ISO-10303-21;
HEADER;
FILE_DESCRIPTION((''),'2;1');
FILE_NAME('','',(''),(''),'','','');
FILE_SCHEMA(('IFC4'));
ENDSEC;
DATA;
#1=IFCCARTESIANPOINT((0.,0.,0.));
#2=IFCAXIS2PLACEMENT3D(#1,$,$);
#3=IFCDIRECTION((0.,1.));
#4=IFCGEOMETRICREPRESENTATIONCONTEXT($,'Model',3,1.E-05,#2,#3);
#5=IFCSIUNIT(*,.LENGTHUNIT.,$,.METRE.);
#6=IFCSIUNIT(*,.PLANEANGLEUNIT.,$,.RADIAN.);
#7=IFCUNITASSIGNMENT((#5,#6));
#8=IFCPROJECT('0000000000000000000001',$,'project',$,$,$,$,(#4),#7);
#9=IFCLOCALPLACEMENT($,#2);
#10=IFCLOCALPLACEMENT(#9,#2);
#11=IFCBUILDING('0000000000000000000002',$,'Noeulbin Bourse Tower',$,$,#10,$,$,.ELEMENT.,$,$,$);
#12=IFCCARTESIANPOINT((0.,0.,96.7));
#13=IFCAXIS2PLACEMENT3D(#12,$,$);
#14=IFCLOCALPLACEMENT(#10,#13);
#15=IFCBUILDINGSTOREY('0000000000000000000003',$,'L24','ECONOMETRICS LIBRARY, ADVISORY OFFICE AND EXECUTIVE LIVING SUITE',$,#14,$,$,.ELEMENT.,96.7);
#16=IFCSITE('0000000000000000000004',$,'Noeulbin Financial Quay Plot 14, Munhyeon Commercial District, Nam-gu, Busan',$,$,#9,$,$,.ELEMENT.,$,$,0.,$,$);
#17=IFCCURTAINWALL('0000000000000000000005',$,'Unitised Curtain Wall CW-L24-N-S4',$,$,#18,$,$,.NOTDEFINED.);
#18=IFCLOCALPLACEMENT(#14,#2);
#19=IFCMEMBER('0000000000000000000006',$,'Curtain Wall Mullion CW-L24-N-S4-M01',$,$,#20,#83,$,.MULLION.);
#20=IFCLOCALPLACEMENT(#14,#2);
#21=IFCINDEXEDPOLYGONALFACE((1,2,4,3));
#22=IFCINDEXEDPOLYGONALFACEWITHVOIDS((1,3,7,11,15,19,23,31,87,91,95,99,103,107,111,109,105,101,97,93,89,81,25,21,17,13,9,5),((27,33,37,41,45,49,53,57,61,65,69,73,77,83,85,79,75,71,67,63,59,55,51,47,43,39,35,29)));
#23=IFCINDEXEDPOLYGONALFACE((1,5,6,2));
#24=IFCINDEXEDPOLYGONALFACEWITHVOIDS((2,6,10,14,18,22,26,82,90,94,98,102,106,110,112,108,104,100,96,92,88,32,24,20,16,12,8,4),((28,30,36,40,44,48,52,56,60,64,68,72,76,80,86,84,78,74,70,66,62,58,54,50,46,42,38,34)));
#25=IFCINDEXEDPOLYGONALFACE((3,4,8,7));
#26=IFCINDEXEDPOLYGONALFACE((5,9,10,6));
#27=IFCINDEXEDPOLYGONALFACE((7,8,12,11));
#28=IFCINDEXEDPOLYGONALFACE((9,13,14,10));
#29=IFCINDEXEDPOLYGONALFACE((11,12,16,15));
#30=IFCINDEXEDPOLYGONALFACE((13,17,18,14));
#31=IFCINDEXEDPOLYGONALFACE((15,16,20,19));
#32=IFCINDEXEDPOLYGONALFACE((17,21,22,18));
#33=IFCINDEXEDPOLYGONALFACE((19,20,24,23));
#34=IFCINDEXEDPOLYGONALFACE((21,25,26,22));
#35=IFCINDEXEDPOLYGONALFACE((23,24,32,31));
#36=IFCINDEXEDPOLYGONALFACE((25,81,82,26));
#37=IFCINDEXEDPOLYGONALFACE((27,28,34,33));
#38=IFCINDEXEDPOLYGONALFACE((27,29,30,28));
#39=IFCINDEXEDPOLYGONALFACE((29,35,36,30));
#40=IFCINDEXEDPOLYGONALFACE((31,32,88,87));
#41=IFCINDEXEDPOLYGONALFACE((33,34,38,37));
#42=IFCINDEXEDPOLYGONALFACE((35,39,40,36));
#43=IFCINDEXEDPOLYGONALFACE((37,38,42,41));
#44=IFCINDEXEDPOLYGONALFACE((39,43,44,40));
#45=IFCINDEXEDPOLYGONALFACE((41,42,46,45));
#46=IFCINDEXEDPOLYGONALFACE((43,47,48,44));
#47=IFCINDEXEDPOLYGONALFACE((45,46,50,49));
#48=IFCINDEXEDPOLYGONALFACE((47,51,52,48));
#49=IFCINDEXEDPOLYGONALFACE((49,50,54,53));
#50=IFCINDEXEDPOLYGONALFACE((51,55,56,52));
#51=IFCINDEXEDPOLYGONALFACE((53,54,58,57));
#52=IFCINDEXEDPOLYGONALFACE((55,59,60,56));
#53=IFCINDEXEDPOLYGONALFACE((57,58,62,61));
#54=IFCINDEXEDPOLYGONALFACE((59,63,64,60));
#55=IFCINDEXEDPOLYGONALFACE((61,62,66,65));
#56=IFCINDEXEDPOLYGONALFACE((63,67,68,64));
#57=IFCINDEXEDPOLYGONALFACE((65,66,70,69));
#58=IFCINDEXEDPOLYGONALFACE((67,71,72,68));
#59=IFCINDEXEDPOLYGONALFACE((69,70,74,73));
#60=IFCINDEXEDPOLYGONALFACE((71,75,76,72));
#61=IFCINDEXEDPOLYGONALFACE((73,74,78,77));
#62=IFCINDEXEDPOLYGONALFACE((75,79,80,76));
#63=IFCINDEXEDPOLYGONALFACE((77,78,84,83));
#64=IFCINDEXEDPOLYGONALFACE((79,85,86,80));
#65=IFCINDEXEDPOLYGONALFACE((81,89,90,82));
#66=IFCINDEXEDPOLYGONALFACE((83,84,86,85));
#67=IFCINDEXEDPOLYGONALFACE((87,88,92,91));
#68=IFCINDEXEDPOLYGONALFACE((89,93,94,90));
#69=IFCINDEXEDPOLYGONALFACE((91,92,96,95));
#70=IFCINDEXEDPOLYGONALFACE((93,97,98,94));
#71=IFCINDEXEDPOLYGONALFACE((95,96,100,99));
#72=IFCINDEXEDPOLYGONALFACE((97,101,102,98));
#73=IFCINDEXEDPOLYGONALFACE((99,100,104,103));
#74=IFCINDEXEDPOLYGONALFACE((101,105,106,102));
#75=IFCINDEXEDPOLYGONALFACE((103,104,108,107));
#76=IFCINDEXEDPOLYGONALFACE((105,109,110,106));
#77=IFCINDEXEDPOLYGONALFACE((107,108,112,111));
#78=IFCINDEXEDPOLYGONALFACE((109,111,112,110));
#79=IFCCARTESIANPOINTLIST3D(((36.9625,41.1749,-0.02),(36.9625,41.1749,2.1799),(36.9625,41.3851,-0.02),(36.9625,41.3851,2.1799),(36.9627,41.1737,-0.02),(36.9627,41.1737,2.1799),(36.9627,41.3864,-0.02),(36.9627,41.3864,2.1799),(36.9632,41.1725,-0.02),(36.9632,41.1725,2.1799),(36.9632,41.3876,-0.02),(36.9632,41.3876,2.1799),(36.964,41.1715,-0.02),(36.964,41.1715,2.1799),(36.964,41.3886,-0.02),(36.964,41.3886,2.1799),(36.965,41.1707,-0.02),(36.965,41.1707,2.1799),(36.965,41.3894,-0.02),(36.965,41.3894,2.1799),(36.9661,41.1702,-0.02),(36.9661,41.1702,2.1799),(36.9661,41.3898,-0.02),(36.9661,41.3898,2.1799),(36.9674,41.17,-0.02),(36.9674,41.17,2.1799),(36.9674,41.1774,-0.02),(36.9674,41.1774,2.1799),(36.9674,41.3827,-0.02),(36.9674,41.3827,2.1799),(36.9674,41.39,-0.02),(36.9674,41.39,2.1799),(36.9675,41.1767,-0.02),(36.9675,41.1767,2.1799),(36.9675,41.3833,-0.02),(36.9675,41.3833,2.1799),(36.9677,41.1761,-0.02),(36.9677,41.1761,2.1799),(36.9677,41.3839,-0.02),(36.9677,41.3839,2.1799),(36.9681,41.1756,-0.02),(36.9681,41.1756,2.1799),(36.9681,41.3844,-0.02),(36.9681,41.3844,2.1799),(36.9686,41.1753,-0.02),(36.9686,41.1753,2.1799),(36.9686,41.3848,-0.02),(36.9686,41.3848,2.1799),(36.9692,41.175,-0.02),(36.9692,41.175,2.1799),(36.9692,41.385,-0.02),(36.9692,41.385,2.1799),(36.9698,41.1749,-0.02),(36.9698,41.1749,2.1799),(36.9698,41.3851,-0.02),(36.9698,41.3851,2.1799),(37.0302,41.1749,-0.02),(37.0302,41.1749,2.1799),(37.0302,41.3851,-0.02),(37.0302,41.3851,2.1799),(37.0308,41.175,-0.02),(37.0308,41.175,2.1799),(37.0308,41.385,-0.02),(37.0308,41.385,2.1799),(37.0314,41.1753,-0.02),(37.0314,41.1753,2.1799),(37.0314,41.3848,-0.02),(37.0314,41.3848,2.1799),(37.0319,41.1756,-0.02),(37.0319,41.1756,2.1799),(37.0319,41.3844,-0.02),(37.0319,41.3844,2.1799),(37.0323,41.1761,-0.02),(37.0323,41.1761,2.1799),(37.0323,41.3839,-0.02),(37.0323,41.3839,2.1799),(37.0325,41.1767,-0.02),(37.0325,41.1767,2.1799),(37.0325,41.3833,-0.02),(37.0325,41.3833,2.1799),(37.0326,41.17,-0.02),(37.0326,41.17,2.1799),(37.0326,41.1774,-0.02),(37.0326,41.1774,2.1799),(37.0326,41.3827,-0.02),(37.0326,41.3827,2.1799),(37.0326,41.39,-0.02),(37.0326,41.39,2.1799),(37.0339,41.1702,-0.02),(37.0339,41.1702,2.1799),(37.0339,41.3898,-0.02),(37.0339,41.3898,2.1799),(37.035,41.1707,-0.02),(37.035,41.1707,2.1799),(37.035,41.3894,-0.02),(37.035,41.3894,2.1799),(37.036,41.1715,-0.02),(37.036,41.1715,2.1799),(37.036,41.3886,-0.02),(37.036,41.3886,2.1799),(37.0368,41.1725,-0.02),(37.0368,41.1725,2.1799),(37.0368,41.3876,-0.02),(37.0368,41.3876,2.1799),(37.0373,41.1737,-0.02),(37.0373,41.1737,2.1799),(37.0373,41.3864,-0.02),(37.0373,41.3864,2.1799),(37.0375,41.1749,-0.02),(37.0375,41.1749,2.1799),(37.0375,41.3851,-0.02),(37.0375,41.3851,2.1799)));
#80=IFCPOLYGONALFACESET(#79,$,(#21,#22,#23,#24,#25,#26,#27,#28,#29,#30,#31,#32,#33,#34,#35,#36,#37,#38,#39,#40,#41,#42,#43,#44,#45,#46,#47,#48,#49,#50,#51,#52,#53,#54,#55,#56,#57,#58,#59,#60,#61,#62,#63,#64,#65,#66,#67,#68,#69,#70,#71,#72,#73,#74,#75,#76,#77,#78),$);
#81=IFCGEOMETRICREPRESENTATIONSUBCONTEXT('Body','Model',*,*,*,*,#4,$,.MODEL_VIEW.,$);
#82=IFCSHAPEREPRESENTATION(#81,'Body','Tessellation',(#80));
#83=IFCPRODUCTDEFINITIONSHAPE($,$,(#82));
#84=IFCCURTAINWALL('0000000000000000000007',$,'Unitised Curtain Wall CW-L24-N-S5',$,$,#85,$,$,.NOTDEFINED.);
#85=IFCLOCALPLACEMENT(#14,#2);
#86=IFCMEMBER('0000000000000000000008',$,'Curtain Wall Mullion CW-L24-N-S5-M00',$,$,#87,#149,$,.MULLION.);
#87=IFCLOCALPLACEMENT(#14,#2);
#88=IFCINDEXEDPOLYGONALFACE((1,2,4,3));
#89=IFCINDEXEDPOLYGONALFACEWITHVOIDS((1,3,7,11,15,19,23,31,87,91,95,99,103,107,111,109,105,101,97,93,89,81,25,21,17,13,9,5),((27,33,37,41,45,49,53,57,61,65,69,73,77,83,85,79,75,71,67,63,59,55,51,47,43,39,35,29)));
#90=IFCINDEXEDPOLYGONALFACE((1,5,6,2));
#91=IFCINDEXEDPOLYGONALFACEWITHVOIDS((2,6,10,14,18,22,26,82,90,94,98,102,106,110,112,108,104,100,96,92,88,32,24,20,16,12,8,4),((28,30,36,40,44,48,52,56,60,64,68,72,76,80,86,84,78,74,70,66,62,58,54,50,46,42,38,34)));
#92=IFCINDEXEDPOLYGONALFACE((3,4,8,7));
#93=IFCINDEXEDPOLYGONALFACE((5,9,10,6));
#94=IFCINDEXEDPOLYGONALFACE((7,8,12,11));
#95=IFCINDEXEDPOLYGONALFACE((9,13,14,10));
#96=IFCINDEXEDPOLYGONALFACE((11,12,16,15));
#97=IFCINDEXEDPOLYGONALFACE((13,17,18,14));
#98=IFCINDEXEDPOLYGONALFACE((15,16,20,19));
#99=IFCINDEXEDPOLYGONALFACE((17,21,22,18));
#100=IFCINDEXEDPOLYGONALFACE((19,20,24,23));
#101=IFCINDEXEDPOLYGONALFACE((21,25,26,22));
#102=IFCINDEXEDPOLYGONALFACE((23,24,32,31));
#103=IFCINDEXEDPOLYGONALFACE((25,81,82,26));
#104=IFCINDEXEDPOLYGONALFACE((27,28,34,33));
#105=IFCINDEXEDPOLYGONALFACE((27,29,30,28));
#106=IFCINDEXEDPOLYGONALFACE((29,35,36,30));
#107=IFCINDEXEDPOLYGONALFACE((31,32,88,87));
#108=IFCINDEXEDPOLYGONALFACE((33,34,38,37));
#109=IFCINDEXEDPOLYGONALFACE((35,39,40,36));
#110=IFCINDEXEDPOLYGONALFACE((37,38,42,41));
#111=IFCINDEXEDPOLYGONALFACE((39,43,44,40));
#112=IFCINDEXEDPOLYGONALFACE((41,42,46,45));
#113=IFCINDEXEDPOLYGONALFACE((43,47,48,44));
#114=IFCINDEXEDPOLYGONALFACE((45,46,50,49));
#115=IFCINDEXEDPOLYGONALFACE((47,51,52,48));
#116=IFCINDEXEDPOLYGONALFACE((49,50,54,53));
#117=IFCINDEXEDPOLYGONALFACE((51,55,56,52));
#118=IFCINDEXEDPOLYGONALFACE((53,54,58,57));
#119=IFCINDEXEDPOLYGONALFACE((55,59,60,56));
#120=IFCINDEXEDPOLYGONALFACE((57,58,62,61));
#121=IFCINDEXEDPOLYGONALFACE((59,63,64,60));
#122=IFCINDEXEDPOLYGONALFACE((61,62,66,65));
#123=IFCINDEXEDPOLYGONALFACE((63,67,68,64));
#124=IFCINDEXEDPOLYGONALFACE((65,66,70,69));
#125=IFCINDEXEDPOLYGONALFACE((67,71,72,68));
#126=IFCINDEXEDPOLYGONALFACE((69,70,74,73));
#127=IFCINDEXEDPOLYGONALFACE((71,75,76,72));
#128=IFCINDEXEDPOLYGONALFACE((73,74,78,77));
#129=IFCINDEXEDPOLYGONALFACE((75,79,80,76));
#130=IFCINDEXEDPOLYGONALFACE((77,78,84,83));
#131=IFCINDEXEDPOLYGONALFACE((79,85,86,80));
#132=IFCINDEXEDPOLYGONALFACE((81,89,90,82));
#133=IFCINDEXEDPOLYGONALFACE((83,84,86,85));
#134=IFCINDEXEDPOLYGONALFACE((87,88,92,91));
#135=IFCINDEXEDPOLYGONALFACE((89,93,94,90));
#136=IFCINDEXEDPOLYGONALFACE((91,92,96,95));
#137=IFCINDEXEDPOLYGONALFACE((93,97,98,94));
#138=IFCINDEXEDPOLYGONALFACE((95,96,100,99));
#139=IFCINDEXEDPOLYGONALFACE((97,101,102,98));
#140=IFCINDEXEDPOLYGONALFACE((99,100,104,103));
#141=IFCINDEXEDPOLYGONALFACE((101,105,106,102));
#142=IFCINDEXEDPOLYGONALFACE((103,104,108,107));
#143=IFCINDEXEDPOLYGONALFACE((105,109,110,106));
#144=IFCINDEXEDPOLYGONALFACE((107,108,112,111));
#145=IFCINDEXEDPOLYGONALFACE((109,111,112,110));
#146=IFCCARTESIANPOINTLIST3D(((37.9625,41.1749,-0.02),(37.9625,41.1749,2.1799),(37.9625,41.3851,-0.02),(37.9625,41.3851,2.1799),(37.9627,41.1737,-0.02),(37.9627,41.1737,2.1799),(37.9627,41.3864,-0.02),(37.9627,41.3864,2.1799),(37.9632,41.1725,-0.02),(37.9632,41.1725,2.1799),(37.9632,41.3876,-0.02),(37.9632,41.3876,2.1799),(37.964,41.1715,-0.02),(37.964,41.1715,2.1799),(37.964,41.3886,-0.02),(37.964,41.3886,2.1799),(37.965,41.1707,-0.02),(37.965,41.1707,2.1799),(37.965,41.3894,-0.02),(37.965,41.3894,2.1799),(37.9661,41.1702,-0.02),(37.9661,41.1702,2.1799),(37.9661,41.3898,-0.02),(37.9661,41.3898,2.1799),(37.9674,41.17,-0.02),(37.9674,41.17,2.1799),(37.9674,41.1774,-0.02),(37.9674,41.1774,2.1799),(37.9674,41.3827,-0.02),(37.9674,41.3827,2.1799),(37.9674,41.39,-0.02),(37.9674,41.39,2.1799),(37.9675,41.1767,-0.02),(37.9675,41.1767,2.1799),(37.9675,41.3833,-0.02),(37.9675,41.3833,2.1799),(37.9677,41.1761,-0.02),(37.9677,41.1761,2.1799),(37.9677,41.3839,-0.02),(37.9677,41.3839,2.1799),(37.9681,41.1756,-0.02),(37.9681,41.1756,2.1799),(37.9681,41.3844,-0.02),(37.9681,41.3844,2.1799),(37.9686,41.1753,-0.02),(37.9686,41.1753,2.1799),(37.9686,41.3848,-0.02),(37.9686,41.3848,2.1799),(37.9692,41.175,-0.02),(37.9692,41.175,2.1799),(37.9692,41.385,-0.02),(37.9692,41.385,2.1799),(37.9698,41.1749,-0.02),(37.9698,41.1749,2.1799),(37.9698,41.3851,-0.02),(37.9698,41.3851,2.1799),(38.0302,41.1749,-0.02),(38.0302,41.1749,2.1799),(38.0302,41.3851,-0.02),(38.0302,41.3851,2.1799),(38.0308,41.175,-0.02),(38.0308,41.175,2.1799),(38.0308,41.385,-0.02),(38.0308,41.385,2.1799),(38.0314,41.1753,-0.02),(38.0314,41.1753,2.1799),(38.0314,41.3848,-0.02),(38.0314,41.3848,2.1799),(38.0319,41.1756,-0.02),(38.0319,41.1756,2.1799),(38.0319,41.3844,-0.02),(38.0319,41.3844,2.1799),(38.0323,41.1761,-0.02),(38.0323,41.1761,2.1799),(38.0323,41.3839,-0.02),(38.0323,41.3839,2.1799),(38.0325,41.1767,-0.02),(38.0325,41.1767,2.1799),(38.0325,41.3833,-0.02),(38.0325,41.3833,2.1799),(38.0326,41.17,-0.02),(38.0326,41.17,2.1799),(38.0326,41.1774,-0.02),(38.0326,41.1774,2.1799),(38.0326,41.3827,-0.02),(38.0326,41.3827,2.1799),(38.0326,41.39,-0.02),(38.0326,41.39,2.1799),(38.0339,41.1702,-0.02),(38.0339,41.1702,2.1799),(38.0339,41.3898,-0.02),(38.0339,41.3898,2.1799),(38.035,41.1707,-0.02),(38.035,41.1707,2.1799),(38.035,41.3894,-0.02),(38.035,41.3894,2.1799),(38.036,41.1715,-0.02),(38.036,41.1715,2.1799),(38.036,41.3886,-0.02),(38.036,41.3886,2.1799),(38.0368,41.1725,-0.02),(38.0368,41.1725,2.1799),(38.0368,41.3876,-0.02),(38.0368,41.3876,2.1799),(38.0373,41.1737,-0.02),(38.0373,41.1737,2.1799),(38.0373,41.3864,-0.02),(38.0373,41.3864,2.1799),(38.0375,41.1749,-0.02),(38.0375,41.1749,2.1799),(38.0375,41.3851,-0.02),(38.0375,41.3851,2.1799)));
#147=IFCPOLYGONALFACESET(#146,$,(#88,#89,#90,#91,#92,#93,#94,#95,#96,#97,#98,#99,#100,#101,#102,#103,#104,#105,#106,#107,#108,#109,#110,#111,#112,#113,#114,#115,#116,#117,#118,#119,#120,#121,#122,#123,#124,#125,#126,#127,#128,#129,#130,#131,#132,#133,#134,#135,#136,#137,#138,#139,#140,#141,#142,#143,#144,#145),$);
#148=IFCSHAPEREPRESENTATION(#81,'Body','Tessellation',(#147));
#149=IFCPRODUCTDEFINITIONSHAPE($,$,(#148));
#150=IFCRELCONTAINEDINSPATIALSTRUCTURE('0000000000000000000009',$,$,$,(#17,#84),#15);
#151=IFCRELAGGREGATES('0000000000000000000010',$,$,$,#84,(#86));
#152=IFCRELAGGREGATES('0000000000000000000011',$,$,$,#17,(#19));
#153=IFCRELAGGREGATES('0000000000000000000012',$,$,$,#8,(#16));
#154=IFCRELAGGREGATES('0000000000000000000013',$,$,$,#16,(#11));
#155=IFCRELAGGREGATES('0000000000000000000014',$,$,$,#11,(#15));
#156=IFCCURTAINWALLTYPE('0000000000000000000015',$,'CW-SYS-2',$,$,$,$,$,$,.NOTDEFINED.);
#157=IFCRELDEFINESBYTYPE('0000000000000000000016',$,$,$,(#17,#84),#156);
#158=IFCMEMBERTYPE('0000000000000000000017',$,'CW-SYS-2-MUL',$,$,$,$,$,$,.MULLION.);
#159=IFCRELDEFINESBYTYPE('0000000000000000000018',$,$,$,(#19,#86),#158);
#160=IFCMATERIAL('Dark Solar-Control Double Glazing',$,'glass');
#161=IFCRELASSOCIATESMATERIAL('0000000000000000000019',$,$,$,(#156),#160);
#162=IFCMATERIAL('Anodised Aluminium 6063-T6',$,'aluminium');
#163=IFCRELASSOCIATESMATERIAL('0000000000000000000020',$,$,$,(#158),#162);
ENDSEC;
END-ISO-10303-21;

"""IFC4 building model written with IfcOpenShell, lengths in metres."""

from ifc_helpers import new_model, si_unit, direction, frame, origin, origin_2d, place, context, subcontext, project, spatial, hollow_rectangle, extrude, material, material_profile, profile_set, type_object, element, aggregate, save


model = new_model("IFC4")

# Units and contexts
model_context = context("Model", 3, precision=1e-05, world=origin(), true_north=direction((0.0, 1.0)))
body_context = subcontext(model_context, "Body", "Model", "MODEL_VIEW")
ifc_project = project(units=[si_unit("LENGTHUNIT", "METRE"), si_unit("PLANEANGLEUNIT", "RADIAN")], contexts=[model_context])

# Site, building, storey
site_placement = place(None, origin())
site = spatial("IfcSite", under=ifc_project, at=site_placement, Name="Noeulbin Financial Quay Plot 14, Munhyeon Commercial District, Nam-gu, Busan", CompositionType="ELEMENT", RefElevation=0.0)
building_placement = place(site_placement, origin())
building = spatial("IfcBuilding", under=site, at=building_placement, Name="Noeulbin Bourse Tower", CompositionType="ELEMENT")
storey_placement = place(building_placement, frame((0.0, 0.0, 96.7)))
storey = spatial("IfcBuildingStorey", under=building, at=storey_placement, Name="L24", Description="ECONOMETRICS LIBRARY, ADVISORY OFFICE AND EXECUTIVE LIVING SUITE", CompositionType="ELEMENT", Elevation=96.7)

# Shared definitions
ifc_material_1 = material(Name="Dark Solar-Control Double Glazing", Category="glass")
curtain_wall_type = type_object("IfcCurtainWallType", Name="CW-SYS-2", PredefinedType="NOTDEFINED", material=ifc_material_1)
ifc_material_2 = material(Name="Anodised Aluminium 6063-T6", Category="aluminium")
ifc_material_profile_1 = material_profile(ifc_material_2, hollow_rectangle(XDim=0.075, YDim=0.22, WallThickness=0.0049, InnerFilletRadius=0.0024, OuterFilletRadius=0.0049, at=origin_2d()), Name="ALU-MULL-75x220x5", Category="LoadBearing")
ifc_profile_set_1 = profile_set([ifc_material_profile_1], Name="Anodised Aluminium 6063-T6")
member_type_1 = type_object("IfcMemberType", Name="CW-SYS-2-MUL", PredefinedType="MULLION", material=ifc_profile_set_1)

# Curtain wall, member
curtain_wall_1_placement = place(storey_placement, origin())
curtain_wall_1 = element("IfcCurtainWall", 1, at=curtain_wall_1_placement, inside=storey, type_object=curtain_wall_type, Name="Unitised Curtain Wall CW-L24-N-S4", PredefinedType="NOTDEFINED")
member_1_placement = place(storey_placement, frame((37.0, 41.28, -0.02), z_axis=(0.0, 0.0, 1.0), x_axis=(1.0, 0.0, 0.0)))
member_1 = element("IfcMember", 2, at=member_1_placement, type_object=member_type_1, Name="Curtain Wall Mullion CW-L24-N-S4-M01", PredefinedType="MULLION", context=body_context, shape_type="SweptSolid", body=[
    extrude(hollow_rectangle(XDim=0.075, YDim=0.22, WallThickness=0.0049, InnerFilletRadius=0.0024, OuterFilletRadius=0.0049, at=origin_2d()), origin(), (0.0, 0.0, 1.0), 2.2),
])

# Curtain wall, member
curtain_wall_2_placement = place(storey_placement, origin())
curtain_wall_2 = element("IfcCurtainWall", 3, at=curtain_wall_2_placement, inside=storey, type_object=curtain_wall_type, Name="Unitised Curtain Wall CW-L24-N-S5", PredefinedType="NOTDEFINED")
member_2_placement = place(storey_placement, frame((38.0, 41.28, -0.02), z_axis=(0.0, 0.0, 1.0), x_axis=(1.0, 0.0, 0.0)))
member_2 = element("IfcMember", 4, at=member_2_placement, type_object=member_type_1, Name="Curtain Wall Mullion CW-L24-N-S5-M00", PredefinedType="MULLION", context=body_context, shape_type="SweptSolid", body=[
    extrude(hollow_rectangle(XDim=0.075, YDim=0.22, WallThickness=0.0049, InnerFilletRadius=0.0024, OuterFilletRadius=0.0049, at=origin_2d()), origin(), (0.0, 0.0, 1.0), 2.2),
])

aggregate(curtain_wall_2, [member_2])

aggregate(curtain_wall_1, [member_1])

save(model, "model.ifc")
